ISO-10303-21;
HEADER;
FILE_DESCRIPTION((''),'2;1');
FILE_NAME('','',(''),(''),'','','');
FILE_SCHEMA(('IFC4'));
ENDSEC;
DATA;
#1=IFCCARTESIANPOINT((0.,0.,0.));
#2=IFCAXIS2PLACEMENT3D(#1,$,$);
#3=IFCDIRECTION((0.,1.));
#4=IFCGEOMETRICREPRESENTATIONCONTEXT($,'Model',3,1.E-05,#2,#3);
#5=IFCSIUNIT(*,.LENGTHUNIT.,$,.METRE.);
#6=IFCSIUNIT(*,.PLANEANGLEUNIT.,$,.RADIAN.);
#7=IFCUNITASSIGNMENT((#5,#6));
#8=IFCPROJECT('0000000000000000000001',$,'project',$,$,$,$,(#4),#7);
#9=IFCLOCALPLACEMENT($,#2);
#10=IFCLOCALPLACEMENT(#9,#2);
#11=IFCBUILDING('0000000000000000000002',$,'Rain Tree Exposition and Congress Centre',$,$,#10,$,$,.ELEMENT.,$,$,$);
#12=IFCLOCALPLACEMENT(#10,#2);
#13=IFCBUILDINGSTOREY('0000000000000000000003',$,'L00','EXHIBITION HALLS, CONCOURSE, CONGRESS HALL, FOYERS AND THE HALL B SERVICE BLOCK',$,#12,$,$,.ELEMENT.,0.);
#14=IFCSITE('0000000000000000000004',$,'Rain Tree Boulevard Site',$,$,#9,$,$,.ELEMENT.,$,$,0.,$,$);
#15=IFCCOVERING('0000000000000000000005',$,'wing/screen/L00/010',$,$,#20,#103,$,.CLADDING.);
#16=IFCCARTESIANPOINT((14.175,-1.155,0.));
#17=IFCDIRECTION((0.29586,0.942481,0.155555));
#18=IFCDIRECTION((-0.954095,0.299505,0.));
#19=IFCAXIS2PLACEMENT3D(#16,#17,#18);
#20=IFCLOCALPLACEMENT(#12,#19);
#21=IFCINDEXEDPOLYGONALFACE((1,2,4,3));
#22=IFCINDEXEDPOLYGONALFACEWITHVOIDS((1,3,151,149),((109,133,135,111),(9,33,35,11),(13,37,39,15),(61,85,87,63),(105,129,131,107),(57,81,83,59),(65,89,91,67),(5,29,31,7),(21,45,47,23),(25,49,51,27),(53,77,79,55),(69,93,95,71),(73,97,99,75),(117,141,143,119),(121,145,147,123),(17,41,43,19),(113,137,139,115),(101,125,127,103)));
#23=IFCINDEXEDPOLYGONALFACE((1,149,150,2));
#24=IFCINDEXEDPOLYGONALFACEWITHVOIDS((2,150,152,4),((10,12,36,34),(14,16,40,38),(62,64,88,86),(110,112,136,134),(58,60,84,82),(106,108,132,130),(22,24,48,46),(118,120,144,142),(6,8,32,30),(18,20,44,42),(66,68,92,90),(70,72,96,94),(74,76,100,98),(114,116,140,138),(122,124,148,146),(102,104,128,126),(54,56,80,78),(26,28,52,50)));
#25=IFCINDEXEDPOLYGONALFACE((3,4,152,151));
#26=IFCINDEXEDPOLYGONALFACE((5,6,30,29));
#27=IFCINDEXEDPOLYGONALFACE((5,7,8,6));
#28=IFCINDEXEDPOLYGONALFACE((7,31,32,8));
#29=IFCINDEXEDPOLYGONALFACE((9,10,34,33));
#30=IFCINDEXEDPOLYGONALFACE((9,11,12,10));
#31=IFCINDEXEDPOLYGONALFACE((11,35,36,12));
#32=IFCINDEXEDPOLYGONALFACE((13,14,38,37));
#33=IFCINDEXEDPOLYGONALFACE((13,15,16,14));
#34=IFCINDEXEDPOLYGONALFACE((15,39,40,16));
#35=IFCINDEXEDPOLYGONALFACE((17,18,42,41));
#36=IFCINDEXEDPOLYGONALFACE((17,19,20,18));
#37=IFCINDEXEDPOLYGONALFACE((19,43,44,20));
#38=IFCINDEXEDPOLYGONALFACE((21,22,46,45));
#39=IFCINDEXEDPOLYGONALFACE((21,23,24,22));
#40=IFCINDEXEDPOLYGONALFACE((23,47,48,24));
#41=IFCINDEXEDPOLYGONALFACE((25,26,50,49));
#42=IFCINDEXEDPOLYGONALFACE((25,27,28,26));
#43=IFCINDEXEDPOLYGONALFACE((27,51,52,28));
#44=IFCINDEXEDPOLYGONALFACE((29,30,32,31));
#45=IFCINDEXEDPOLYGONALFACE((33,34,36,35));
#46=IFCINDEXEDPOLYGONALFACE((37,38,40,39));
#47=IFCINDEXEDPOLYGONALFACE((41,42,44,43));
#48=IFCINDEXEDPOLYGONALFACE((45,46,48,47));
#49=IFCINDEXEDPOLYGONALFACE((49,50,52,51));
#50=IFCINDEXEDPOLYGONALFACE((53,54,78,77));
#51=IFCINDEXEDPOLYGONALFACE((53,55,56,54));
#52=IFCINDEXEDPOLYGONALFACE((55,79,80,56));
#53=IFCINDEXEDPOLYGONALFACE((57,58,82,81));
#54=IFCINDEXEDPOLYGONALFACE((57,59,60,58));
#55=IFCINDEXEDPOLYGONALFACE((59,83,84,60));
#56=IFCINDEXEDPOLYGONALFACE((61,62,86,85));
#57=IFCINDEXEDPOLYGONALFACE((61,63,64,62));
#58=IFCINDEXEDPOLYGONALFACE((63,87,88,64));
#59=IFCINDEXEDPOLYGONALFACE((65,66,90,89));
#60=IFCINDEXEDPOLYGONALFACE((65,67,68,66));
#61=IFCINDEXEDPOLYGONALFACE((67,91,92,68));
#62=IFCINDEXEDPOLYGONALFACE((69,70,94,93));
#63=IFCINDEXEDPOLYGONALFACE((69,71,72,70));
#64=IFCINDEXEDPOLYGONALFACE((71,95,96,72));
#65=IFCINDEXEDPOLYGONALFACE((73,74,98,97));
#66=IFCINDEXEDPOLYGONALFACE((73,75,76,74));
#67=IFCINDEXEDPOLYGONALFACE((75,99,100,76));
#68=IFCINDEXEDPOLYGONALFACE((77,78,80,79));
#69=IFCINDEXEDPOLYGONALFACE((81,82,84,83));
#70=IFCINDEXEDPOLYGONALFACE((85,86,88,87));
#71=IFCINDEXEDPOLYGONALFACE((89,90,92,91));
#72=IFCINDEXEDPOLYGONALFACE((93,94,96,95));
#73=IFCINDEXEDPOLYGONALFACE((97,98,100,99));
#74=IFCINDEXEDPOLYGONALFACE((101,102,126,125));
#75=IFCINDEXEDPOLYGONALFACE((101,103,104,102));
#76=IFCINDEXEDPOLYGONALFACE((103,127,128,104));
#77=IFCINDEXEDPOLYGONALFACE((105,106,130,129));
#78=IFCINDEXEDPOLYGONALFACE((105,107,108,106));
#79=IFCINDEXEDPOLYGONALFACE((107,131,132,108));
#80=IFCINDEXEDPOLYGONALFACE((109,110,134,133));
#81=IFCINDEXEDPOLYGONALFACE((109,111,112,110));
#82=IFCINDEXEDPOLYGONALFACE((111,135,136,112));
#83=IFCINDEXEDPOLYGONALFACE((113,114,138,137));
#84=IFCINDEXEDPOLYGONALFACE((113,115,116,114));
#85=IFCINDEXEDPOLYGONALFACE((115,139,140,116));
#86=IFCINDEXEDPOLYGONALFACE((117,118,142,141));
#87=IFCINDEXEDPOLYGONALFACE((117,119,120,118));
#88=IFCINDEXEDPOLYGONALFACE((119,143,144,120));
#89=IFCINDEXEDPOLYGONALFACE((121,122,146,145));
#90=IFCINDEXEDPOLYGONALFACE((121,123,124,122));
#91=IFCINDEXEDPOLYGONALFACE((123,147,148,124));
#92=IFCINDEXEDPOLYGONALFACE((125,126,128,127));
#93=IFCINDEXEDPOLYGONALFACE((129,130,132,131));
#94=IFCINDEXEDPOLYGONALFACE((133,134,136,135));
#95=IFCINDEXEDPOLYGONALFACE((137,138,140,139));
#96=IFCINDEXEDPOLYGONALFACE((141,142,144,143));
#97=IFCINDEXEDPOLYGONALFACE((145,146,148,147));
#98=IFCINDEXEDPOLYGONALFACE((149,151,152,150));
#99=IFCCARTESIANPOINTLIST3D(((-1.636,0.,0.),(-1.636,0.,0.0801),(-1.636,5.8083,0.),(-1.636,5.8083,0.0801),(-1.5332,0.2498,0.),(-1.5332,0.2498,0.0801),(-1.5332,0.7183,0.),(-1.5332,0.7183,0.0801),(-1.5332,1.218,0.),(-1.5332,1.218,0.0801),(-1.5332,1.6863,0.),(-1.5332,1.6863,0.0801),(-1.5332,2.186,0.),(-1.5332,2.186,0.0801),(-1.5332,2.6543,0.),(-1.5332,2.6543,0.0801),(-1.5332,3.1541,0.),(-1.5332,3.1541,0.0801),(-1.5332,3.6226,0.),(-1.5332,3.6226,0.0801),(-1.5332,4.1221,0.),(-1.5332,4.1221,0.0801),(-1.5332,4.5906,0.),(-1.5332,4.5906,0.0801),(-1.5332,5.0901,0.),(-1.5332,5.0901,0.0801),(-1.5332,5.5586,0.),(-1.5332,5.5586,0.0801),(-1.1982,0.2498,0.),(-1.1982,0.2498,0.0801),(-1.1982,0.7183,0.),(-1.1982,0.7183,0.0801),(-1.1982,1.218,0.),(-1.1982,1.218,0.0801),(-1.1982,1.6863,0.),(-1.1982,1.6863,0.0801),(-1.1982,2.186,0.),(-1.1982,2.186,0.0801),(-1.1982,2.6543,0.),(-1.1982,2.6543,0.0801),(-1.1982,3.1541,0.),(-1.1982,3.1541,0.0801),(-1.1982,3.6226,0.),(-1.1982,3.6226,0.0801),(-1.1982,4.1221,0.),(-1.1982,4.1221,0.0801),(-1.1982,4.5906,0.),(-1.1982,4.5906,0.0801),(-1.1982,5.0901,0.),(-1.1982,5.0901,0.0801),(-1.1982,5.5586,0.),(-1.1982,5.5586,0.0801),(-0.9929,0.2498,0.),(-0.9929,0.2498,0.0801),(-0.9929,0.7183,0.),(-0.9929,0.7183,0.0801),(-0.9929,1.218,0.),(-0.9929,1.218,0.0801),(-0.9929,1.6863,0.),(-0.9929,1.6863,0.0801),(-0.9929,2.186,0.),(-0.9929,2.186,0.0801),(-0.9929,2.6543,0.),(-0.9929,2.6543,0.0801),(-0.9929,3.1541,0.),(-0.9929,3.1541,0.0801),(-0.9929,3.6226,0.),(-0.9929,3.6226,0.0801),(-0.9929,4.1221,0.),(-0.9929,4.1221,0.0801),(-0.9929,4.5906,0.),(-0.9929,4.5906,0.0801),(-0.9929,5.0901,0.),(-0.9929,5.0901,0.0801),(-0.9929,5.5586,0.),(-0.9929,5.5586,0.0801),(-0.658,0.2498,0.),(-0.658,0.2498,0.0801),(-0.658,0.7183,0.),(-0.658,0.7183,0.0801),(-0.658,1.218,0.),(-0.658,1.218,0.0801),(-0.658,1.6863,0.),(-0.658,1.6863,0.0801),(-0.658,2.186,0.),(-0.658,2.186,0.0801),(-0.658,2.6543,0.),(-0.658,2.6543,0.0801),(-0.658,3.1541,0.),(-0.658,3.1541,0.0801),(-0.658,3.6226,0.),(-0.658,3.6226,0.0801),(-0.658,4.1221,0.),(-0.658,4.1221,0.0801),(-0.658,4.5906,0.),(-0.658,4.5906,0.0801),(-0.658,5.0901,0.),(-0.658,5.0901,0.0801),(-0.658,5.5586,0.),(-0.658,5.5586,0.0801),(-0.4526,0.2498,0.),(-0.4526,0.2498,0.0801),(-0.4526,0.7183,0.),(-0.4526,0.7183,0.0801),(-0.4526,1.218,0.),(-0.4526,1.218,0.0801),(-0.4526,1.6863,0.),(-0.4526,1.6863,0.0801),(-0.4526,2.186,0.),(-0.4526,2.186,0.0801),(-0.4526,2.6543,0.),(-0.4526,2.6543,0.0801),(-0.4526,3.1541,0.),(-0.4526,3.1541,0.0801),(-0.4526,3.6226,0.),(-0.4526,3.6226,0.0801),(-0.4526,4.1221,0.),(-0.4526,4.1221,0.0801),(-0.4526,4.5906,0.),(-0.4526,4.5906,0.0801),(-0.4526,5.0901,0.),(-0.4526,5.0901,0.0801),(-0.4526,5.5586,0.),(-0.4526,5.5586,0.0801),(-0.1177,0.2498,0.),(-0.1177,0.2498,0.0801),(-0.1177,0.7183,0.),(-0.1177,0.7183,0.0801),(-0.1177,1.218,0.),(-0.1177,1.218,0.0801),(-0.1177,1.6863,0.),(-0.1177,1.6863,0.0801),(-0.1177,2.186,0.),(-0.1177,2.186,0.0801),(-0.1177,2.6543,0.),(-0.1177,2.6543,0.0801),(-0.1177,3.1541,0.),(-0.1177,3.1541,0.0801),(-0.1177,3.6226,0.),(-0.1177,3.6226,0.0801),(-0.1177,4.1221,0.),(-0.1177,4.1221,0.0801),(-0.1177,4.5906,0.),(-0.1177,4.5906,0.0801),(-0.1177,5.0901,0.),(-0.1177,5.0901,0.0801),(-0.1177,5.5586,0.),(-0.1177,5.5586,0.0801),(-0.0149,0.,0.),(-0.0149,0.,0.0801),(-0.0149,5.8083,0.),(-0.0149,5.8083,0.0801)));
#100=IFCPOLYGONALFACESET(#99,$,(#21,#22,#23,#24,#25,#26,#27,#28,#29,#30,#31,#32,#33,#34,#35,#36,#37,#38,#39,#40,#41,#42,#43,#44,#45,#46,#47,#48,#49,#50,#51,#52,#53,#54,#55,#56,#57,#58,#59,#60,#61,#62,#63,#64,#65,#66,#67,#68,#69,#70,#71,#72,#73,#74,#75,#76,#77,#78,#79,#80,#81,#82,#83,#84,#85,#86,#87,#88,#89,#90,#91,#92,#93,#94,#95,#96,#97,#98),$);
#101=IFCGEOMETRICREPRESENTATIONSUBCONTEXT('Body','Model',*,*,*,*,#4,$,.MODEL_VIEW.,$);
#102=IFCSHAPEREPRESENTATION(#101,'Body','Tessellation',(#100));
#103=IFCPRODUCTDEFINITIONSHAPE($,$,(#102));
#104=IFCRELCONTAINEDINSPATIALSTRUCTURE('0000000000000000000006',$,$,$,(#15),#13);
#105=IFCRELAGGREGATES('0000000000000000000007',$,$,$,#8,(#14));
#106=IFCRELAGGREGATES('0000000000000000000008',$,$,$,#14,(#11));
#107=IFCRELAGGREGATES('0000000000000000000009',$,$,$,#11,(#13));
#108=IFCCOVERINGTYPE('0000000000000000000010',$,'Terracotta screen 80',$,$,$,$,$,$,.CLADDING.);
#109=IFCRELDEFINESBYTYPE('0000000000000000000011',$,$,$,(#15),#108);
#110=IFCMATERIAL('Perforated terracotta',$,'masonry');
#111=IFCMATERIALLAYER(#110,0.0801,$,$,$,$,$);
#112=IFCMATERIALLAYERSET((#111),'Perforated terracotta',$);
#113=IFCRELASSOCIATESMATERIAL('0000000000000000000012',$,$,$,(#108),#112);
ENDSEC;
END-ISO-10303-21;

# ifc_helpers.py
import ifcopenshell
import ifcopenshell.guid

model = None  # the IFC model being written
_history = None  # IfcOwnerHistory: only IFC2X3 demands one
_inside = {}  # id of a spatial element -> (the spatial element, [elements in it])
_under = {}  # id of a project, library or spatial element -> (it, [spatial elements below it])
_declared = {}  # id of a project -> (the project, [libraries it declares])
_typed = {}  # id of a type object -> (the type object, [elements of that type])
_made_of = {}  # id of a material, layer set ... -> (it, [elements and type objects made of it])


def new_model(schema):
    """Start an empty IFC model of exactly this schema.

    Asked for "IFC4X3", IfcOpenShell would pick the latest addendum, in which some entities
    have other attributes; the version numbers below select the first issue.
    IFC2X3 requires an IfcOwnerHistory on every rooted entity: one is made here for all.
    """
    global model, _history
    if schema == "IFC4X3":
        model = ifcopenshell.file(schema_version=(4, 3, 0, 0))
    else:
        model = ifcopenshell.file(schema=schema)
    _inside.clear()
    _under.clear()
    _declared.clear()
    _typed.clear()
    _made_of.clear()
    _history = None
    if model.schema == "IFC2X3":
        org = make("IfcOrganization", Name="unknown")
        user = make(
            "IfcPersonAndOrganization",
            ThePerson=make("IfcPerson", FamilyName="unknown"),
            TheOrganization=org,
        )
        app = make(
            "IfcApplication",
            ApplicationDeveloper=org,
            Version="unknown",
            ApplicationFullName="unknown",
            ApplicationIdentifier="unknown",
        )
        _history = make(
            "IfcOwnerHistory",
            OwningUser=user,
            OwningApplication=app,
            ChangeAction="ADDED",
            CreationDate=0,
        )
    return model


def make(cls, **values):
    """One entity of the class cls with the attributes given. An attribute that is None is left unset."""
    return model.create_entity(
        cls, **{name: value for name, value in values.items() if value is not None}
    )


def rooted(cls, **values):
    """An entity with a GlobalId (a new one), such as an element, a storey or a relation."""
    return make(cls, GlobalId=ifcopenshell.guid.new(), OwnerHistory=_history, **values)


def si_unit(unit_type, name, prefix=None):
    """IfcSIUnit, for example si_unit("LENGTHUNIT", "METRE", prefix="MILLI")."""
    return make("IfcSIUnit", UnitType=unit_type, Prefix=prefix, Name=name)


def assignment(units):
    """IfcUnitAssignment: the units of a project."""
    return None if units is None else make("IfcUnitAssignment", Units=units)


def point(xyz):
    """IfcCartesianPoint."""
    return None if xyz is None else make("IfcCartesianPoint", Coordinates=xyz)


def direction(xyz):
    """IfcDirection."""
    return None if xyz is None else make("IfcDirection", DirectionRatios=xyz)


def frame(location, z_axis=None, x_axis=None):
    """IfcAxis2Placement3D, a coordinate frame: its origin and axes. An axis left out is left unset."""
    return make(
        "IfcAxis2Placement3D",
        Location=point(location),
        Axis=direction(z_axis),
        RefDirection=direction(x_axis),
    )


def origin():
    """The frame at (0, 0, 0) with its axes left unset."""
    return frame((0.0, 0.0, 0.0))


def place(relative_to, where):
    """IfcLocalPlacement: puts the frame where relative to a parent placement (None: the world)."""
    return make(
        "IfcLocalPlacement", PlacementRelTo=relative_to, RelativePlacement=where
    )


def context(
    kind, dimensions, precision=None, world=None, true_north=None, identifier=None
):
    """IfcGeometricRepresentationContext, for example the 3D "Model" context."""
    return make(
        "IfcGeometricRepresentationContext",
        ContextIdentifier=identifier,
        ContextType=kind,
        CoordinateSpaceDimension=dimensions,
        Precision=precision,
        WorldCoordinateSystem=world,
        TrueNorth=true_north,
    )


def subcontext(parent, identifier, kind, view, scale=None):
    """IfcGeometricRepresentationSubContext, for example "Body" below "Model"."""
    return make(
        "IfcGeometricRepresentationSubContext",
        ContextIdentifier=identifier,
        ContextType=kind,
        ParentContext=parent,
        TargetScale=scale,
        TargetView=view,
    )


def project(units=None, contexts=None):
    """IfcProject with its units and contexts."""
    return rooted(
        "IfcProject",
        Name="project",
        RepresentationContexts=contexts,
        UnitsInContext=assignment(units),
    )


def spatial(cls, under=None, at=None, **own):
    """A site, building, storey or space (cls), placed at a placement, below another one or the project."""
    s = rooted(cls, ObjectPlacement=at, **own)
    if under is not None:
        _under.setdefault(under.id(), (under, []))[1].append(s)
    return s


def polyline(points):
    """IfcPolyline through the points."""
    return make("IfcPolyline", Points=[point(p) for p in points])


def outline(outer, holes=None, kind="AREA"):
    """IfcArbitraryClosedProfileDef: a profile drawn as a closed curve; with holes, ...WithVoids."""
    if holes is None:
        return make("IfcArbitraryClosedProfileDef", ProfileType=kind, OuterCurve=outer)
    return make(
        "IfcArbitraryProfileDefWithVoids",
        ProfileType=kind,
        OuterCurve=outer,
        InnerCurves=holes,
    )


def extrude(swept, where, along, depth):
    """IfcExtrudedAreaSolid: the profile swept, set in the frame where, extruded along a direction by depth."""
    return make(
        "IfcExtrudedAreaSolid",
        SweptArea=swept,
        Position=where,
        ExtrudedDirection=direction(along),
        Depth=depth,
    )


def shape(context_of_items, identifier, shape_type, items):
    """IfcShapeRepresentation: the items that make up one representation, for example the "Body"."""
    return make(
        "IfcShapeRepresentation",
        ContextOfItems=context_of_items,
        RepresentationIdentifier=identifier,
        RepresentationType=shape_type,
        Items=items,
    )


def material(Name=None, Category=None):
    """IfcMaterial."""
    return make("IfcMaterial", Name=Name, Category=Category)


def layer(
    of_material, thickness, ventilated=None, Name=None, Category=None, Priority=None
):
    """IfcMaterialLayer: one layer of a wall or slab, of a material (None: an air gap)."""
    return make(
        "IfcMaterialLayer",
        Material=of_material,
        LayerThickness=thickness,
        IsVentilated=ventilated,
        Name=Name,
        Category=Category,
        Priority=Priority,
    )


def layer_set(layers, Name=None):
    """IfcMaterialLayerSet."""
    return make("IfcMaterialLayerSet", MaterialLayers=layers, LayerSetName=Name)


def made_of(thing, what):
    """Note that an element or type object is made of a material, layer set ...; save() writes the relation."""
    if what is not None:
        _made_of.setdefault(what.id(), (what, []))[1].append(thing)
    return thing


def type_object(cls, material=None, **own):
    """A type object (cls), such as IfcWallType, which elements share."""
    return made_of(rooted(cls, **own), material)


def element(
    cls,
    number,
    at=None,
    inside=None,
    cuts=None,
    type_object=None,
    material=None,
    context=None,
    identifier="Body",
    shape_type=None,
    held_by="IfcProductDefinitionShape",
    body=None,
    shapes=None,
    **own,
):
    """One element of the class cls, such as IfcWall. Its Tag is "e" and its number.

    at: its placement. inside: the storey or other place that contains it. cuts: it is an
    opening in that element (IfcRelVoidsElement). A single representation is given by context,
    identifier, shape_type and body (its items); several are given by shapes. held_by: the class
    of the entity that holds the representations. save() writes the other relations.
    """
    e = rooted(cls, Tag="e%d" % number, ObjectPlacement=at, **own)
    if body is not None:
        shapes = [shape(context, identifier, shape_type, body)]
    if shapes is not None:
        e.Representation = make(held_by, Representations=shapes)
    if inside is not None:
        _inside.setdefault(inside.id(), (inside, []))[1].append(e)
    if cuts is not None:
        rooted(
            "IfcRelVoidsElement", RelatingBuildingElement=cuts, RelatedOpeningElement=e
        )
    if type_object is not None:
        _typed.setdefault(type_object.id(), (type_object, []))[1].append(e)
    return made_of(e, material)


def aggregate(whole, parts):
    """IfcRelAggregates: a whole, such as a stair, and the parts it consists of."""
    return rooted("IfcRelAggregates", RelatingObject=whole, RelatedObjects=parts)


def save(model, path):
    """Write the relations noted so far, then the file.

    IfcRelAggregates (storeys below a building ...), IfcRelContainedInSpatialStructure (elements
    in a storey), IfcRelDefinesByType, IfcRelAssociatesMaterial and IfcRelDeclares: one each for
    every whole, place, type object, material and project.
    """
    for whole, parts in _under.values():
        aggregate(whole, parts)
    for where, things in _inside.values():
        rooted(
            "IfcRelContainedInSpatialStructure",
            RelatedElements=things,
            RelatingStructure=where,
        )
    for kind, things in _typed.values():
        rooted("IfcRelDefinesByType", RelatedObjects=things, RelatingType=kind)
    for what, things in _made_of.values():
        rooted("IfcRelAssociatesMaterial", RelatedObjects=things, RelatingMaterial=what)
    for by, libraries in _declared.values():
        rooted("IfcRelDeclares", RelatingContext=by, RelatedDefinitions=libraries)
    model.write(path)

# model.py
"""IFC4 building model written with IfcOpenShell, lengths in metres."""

from ifc_helpers import new_model, si_unit, direction, frame, origin, place, context, subcontext, project, spatial, polyline, outline, extrude, material, layer, layer_set, type_object, element, save


model = new_model("IFC4")

# Units and contexts
model_context = context("Model", 3, precision=1e-05, world=origin(), true_north=direction((0.0, 1.0)))
body_context = subcontext(model_context, "Body", "Model", "MODEL_VIEW")
ifc_project = project(units=[si_unit("LENGTHUNIT", "METRE"), si_unit("PLANEANGLEUNIT", "RADIAN")], contexts=[model_context])

# Site, building, storey
site_placement = place(None, origin())
site = spatial("IfcSite", under=ifc_project, at=site_placement, Name="Rain Tree Boulevard Site", CompositionType="ELEMENT", RefElevation=0.0)
building_placement = place(site_placement, origin())
building = spatial("IfcBuilding", under=site, at=building_placement, Name="Rain Tree Exposition and Congress Centre", CompositionType="ELEMENT")
storey_placement = place(building_placement, origin())
storey = spatial("IfcBuildingStorey", under=building, at=storey_placement, Name="L00", Description="EXHIBITION HALLS, CONCOURSE, CONGRESS HALL, FOYERS AND THE HALL B SERVICE BLOCK", CompositionType="ELEMENT", Elevation=0.0)

# Covering
ifc_material_1 = material(Name="Perforated terracotta", Category="masonry")
ifc_layer_1 = layer(ifc_material_1, 0.0801)
ifc_layer_set_1 = layer_set([ifc_layer_1], Name="Perforated terracotta")
covering_type = type_object("IfcCoveringType", Name="Terracotta screen 80", PredefinedType="CLADDING", material=ifc_layer_set_1)
covering_1_placement = place(storey_placement, frame((14.175, -1.155, 0.0), z_axis=(0.29586, 0.942481, 0.155555), x_axis=(-0.954095, 0.299505, 0.0)))
element("IfcCovering", 1, at=covering_1_placement, inside=storey, type_object=covering_type, Name="wing/screen/L00/010", PredefinedType="CLADDING", context=body_context, shape_type="SweptSolid", body=[
    extrude(outline(polyline([(-1.636, 0.0), (-1.636, 5.8083), (-0.0149, 5.8083), (-0.0149, 0.0), (-1.636, 0.0)]), holes=[polyline([(-0.1177, 0.2498), (-0.1177, 0.7183), (-0.4526, 0.7183), (-0.4526, 0.2498), (-0.1177, 0.2498)]), polyline([(-0.1177, 1.218), (-0.1177, 1.6863), (-0.4526, 1.6863), (-0.4526, 1.218), (-0.1177, 1.218)]), polyline([(-0.1177, 2.186), (-0.1177, 2.6543), (-0.4526, 2.6543), (-0.4526, 2.186), (-0.1177, 2.186)]), polyline([(-0.1177, 3.1541), (-0.1177, 3.6226), (-0.4526, 3.6226), (-0.4526, 3.1541), (-0.1177, 3.1541)]), polyline([(-0.1177, 4.1221), (-0.1177, 4.5906), (-0.4526, 4.5906), (-0.4526, 4.1221), (-0.1177, 4.1221)]), polyline([(-0.1177, 5.0901), (-0.1177, 5.5586), (-0.4526, 5.5586), (-0.4526, 5.0901), (-0.1177, 5.0901)]), polyline([(-0.658, 0.2498), (-0.658, 0.7183), (-0.9929, 0.7183), (-0.9929, 0.2498), (-0.658, 0.2498)]), polyline([(-0.658, 1.218), (-0.658, 1.6863), (-0.9929, 1.6863), (-0.9929, 1.218), (-0.658, 1.218)]), polyline([(-0.658, 2.186), (-0.658, 2.6543), (-0.9929, 2.6543), (-0.9929, 2.186), (-0.658, 2.186)]), polyline([(-0.658, 3.1541), (-0.658, 3.6226), (-0.9929, 3.6226), (-0.9929, 3.1541), (-0.658, 3.1541)]), polyline([(-0.658, 4.1221), (-0.658, 4.5906), (-0.9929, 4.5906), (-0.9929, 4.1221), (-0.658, 4.1221)]), polyline([(-0.658, 5.0901), (-0.658, 5.5586), (-0.9929, 5.5586), (-0.9929, 5.0901), (-0.658, 5.0901)]), polyline([(-1.1982, 0.2498), (-1.1982, 0.7183), (-1.5332, 0.7183), (-1.5332, 0.2498), (-1.1982, 0.2498)]), polyline([(-1.1982, 1.218), (-1.1982, 1.6863), (-1.5332, 1.6863), (-1.5332, 1.218), (-1.1982, 1.218)]), polyline([(-1.1982, 2.186), (-1.1982, 2.6543), (-1.5332, 2.6543), (-1.5332, 2.186), (-1.1982, 2.186)]), polyline([(-1.1982, 3.1541), (-1.1982, 3.6226), (-1.5332, 3.6226), (-1.5332, 3.1541), (-1.1982, 3.1541)]), polyline([(-1.1982, 4.1221), (-1.1982, 4.5906), (-1.5332, 4.5906), (-1.5332, 4.1221), (-1.1982, 4.1221)]), polyline([(-1.1982, 5.0901), (-1.1982, 5.5586), (-1.5332, 5.5586), (-1.5332, 5.0901), (-1.1982, 5.0901)])]), origin(), (0.0, 0.0, 1.0), 0.0801),
])

save(model, "model.ifc")
